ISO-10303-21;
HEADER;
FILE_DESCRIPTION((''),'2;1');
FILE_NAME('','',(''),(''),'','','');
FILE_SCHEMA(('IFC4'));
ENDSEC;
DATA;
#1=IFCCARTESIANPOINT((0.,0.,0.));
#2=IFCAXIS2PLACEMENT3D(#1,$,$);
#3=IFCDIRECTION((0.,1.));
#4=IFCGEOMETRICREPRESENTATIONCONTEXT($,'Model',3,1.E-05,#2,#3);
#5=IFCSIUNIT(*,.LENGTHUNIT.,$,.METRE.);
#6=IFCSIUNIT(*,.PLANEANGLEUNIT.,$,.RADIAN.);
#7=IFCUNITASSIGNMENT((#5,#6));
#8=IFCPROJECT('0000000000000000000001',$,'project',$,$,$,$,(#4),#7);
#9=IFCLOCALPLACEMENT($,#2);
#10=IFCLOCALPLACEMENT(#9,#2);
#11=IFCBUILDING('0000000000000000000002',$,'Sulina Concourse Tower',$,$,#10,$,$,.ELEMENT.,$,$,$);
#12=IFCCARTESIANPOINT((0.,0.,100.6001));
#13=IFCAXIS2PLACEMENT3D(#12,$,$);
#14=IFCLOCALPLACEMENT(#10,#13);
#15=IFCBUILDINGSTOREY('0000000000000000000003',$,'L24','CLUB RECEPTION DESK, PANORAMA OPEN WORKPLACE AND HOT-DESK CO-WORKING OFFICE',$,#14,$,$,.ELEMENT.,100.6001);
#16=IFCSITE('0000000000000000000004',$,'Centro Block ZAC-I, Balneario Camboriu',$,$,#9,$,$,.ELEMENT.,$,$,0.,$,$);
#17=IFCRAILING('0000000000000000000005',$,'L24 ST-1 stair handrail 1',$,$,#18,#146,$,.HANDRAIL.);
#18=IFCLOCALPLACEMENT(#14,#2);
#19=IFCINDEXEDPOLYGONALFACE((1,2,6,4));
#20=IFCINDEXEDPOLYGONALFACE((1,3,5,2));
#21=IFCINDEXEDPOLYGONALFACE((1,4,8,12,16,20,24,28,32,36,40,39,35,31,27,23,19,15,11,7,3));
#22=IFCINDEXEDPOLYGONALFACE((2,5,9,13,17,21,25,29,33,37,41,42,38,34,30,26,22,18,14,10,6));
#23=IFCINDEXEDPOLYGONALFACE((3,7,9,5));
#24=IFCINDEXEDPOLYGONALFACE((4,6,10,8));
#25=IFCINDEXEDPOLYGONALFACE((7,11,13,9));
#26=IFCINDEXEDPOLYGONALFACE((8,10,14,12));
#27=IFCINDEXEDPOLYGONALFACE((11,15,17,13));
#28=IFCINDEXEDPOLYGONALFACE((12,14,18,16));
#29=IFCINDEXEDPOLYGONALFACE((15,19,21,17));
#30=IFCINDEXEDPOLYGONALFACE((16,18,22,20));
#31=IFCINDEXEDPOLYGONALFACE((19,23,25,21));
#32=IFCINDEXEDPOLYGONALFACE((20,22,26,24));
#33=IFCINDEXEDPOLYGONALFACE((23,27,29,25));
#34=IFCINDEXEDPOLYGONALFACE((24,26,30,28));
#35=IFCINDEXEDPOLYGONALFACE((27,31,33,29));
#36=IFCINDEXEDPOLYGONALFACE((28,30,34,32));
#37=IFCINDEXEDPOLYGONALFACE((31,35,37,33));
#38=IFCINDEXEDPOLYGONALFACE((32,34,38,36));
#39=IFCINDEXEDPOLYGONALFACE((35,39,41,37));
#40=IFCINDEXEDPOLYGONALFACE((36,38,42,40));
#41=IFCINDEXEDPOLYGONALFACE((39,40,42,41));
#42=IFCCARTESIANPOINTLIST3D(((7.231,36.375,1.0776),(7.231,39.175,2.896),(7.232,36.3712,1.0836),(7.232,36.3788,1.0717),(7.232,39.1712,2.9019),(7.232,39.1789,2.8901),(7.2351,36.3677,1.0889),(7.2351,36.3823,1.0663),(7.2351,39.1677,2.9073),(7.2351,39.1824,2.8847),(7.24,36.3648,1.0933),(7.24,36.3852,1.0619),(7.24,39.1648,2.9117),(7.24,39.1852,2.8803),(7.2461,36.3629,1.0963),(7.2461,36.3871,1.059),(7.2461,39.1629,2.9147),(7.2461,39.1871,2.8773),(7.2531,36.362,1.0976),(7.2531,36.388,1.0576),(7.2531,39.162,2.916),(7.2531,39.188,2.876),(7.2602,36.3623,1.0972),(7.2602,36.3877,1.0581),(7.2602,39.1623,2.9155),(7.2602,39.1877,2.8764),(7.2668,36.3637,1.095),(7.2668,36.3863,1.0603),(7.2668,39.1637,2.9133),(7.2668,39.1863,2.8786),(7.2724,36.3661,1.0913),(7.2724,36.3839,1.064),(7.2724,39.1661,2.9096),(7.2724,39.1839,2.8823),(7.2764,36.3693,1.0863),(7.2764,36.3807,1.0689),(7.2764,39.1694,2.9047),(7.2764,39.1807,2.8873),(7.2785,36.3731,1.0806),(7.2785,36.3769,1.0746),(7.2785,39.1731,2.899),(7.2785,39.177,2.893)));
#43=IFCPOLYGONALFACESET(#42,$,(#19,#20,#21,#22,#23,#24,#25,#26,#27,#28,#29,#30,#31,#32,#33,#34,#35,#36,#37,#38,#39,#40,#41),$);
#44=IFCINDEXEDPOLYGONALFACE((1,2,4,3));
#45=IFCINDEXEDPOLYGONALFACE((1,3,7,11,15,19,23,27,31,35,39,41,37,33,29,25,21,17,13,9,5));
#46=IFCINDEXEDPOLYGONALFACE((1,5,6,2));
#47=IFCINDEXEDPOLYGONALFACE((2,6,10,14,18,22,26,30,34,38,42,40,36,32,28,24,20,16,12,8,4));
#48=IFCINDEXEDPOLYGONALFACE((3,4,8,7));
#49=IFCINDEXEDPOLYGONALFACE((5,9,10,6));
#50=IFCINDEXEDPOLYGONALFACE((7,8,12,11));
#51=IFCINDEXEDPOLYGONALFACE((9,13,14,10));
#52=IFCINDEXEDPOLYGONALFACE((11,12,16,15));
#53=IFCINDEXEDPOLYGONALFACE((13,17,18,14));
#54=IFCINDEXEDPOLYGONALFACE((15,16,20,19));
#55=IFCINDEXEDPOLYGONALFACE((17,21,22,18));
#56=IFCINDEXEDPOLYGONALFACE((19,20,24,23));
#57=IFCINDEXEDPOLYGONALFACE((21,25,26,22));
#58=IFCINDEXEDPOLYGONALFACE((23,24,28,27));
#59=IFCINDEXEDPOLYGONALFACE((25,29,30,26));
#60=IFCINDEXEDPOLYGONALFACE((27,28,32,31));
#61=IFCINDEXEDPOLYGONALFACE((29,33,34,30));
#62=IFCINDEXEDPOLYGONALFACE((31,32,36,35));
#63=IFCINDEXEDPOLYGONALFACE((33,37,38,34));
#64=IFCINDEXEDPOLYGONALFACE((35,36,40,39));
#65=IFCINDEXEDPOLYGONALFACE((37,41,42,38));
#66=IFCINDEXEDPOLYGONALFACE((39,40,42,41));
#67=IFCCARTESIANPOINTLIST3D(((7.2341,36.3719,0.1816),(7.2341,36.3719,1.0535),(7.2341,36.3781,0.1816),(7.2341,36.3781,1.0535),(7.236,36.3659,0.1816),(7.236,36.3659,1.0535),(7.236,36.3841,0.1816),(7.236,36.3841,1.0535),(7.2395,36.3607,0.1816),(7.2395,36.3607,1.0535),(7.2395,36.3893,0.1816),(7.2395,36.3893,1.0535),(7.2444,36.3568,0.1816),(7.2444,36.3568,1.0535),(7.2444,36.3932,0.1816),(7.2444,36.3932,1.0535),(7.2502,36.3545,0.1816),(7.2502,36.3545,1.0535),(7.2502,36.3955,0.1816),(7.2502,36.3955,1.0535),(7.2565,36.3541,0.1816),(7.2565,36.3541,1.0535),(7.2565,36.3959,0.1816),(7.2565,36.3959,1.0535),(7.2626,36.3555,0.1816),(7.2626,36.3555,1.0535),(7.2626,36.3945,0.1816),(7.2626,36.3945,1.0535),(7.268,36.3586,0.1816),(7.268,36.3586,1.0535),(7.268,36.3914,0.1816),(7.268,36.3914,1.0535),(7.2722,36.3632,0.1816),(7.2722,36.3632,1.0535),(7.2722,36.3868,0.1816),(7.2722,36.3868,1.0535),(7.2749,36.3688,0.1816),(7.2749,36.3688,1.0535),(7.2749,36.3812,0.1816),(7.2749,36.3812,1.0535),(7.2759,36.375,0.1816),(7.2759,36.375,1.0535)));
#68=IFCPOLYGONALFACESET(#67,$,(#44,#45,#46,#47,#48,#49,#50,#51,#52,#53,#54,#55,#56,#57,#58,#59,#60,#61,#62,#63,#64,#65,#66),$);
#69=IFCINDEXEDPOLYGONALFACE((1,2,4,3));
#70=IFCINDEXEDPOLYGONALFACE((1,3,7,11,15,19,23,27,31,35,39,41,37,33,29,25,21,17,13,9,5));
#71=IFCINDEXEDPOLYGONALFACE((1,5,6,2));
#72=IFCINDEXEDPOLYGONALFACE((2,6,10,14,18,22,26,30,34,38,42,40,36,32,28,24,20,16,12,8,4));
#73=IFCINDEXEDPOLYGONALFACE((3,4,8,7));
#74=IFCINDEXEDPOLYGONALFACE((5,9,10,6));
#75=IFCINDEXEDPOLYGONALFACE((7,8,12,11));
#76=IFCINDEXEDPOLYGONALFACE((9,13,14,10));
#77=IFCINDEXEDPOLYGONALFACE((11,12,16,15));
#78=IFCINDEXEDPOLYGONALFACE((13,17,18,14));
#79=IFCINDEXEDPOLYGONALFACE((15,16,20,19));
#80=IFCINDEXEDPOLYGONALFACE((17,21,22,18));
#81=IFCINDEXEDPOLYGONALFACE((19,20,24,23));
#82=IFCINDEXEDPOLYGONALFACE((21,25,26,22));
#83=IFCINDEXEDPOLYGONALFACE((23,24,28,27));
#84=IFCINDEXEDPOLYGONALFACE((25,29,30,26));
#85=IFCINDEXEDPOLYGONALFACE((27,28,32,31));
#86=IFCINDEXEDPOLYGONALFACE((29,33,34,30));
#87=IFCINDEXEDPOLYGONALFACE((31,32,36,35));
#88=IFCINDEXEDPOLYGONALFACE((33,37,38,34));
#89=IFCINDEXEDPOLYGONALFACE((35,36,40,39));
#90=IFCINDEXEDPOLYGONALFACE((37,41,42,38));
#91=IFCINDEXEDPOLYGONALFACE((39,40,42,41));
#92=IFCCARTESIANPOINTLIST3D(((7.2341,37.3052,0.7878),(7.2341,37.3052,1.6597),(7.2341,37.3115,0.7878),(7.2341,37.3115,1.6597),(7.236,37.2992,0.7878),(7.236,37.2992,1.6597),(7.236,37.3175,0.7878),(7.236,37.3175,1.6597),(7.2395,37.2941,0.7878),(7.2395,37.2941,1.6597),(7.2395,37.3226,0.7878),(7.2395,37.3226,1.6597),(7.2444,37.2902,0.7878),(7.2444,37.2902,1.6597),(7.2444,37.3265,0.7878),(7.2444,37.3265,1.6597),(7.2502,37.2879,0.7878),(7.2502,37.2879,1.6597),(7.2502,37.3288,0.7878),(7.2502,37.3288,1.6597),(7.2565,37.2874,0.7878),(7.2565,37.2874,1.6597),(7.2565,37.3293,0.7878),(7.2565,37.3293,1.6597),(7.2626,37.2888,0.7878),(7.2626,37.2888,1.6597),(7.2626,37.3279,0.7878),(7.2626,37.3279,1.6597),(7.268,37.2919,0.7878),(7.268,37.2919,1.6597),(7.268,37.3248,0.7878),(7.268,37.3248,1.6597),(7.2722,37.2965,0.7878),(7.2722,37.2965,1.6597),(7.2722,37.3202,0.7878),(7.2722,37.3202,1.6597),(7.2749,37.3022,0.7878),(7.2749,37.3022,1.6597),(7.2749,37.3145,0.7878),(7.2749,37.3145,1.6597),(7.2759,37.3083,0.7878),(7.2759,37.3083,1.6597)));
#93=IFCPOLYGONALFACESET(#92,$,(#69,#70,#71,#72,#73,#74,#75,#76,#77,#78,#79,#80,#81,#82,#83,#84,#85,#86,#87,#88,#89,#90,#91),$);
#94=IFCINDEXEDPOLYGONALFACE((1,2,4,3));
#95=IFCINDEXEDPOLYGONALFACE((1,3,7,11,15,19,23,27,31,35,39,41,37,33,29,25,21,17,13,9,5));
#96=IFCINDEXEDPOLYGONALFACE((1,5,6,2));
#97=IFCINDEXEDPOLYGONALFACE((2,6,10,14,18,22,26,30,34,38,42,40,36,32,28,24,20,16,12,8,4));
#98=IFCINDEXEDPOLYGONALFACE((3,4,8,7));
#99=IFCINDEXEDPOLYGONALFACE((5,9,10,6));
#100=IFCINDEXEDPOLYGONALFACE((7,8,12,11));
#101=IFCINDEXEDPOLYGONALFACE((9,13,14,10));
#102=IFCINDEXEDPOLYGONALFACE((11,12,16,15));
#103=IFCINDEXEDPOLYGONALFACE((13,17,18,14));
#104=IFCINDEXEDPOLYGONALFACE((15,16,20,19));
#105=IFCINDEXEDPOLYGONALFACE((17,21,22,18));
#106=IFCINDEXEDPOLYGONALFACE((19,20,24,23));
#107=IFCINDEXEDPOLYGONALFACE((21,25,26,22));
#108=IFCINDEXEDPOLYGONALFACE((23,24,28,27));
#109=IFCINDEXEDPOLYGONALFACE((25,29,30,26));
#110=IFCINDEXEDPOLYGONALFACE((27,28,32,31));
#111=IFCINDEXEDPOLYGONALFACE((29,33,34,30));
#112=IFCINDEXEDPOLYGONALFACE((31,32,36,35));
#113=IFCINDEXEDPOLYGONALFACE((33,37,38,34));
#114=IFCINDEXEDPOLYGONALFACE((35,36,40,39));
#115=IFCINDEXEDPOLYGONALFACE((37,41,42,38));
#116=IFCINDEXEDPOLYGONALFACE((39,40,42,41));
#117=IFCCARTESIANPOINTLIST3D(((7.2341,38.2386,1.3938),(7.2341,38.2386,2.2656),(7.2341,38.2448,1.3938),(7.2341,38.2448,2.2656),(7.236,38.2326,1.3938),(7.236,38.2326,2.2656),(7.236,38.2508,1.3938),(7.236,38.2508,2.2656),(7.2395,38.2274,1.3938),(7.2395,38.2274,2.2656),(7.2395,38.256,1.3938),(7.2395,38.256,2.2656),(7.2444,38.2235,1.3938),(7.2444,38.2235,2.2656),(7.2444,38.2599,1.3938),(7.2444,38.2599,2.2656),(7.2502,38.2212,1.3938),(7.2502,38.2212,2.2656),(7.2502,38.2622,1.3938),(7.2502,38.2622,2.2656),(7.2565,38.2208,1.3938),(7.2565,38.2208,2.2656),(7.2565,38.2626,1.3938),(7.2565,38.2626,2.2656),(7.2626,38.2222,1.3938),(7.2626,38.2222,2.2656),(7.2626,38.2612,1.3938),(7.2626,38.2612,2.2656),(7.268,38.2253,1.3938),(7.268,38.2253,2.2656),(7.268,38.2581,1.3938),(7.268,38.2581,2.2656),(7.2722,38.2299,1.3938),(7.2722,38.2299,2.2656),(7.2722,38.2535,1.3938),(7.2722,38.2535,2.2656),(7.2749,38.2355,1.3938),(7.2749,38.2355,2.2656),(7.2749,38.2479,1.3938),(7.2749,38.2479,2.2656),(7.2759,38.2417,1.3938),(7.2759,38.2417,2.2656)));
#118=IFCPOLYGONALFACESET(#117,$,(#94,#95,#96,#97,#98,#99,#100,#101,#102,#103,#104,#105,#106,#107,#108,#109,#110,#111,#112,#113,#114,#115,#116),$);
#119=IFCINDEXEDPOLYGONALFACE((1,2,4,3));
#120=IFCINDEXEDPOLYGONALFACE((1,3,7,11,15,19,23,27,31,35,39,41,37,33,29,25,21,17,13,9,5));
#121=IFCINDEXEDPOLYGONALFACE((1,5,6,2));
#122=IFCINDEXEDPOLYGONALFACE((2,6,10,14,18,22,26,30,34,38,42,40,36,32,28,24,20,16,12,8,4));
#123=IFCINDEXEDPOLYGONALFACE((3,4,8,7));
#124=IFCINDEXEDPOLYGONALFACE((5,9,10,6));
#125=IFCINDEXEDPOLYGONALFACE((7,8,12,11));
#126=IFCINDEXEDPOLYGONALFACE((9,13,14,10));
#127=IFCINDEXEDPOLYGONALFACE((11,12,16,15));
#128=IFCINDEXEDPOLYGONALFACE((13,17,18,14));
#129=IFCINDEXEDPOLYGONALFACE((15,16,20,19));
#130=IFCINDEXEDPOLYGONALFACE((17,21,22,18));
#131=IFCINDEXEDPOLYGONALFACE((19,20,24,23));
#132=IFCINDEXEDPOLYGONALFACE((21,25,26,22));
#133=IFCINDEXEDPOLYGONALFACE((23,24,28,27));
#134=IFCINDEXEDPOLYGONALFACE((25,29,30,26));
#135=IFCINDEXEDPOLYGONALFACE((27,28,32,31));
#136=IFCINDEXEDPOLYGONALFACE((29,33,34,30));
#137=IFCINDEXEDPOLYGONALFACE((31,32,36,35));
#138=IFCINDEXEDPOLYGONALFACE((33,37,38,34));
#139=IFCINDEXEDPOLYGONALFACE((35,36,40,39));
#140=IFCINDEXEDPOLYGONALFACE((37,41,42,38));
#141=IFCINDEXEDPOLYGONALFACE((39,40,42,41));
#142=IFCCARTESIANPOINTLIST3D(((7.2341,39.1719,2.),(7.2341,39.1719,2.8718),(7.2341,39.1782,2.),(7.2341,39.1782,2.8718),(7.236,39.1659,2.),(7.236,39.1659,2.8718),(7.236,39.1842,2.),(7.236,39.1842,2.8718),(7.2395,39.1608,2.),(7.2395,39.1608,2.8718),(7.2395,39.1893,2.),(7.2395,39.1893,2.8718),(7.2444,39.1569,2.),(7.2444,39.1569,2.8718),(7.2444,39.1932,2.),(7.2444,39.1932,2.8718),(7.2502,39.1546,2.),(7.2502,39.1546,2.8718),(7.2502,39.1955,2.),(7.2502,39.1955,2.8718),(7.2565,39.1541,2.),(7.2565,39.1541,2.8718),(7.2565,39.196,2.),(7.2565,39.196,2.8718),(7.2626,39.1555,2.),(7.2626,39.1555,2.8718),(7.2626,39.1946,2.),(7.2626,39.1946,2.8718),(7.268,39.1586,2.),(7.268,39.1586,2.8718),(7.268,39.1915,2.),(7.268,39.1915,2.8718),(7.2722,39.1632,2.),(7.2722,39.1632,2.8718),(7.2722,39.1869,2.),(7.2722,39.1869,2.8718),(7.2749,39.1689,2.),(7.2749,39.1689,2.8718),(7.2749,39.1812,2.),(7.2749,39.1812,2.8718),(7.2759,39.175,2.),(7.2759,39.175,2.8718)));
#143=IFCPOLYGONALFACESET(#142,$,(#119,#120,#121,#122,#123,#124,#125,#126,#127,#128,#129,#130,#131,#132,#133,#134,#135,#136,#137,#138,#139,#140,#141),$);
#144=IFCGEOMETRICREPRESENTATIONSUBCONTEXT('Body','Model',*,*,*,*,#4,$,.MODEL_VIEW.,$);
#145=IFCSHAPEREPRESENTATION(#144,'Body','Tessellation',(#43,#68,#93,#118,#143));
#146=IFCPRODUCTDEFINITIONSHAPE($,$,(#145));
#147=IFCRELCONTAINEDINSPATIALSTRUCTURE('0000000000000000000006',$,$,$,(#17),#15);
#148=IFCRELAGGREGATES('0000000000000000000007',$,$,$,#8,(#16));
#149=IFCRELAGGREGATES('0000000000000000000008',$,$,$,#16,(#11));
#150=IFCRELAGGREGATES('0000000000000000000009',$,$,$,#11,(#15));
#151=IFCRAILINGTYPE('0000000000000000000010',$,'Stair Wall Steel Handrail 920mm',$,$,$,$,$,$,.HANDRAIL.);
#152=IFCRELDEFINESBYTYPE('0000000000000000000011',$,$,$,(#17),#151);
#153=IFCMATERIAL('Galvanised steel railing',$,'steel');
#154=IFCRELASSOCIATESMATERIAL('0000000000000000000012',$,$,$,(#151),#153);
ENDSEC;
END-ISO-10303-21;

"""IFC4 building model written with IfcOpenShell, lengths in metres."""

from ifc_helpers import new_model, si_unit, direction, frame, origin, origin_2d, place, context, subcontext, project, spatial, circle, extrude, material, type_object, element, save


model = new_model("IFC4")

# Units and contexts
model_context = context("Model", 3, precision=1e-05, world=origin(), true_north=direction((0.0, 1.0)))
body_context = subcontext(model_context, "Body", "Model", "MODEL_VIEW")
ifc_project = project(units=[si_unit("LENGTHUNIT", "METRE"), si_unit("PLANEANGLEUNIT", "RADIAN")], contexts=[model_context])

# Site, building, storey
site_placement = place(None, origin())
site = spatial("IfcSite", under=ifc_project, at=site_placement, Name="Centro Block ZAC-I, Balneario Camboriu", CompositionType="ELEMENT", RefElevation=0.0)
building_placement = place(site_placement, origin())
building = spatial("IfcBuilding", under=site, at=building_placement, Name="Sulina Concourse Tower", CompositionType="ELEMENT")
storey_placement = place(building_placement, frame((0.0, 0.0, 100.6001)))
storey = spatial("IfcBuildingStorey", under=building, at=storey_placement, Name="L24", Description="CLUB RECEPTION DESK, PANORAMA OPEN WORKPLACE AND HOT-DESK CO-WORKING OFFICE", CompositionType="ELEMENT", Elevation=100.6001)

# Railing
ifc_material_1 = material(Name="Galvanised steel railing", Category="steel")
railing_type_1 = type_object("IfcRailingType", Name="Stair Wall Steel Handrail 920mm", PredefinedType="HANDRAIL", material=ifc_material_1)
railing_1_placement = place(storey_placement, frame((7.2549, 36.375, 0.1816)))
element("IfcRailing", 1, at=railing_1_placement, inside=storey, type_object=railing_type_1, Name="L24 ST-1 stair handrail 1", PredefinedType="HANDRAIL", context=body_context, shape_type="SweptSolid", body=[
    extrude(circle(Radius=0.0239, at=origin_2d()), frame((0.0, 0.0, 0.896), z_axis=(0.0, 0.838672, 0.544636), x_axis=(-1.0, 0.0, 0.0)), (0.0, 0.0, 1.0), 3.3386),
    extrude(circle(Radius=0.021, at=origin_2d()), origin(), (0.0, 0.0, 1.0), 0.8718),
    extrude(circle(Radius=0.021, at=origin_2d()), frame((0.0, 0.9333, 0.6062)), (0.0, 0.0, 1.0), 0.8718),
    extrude(circle(Radius=0.021, at=origin_2d()), frame((0.0, 1.8667, 1.2122)), (0.0, 0.0, 1.0), 0.8718),
    extrude(circle(Radius=0.021, at=origin_2d()), frame((0.0, 2.8, 1.8184)), (0.0, 0.0, 1.0), 0.8718),
])

save(model, "model.ifc")
